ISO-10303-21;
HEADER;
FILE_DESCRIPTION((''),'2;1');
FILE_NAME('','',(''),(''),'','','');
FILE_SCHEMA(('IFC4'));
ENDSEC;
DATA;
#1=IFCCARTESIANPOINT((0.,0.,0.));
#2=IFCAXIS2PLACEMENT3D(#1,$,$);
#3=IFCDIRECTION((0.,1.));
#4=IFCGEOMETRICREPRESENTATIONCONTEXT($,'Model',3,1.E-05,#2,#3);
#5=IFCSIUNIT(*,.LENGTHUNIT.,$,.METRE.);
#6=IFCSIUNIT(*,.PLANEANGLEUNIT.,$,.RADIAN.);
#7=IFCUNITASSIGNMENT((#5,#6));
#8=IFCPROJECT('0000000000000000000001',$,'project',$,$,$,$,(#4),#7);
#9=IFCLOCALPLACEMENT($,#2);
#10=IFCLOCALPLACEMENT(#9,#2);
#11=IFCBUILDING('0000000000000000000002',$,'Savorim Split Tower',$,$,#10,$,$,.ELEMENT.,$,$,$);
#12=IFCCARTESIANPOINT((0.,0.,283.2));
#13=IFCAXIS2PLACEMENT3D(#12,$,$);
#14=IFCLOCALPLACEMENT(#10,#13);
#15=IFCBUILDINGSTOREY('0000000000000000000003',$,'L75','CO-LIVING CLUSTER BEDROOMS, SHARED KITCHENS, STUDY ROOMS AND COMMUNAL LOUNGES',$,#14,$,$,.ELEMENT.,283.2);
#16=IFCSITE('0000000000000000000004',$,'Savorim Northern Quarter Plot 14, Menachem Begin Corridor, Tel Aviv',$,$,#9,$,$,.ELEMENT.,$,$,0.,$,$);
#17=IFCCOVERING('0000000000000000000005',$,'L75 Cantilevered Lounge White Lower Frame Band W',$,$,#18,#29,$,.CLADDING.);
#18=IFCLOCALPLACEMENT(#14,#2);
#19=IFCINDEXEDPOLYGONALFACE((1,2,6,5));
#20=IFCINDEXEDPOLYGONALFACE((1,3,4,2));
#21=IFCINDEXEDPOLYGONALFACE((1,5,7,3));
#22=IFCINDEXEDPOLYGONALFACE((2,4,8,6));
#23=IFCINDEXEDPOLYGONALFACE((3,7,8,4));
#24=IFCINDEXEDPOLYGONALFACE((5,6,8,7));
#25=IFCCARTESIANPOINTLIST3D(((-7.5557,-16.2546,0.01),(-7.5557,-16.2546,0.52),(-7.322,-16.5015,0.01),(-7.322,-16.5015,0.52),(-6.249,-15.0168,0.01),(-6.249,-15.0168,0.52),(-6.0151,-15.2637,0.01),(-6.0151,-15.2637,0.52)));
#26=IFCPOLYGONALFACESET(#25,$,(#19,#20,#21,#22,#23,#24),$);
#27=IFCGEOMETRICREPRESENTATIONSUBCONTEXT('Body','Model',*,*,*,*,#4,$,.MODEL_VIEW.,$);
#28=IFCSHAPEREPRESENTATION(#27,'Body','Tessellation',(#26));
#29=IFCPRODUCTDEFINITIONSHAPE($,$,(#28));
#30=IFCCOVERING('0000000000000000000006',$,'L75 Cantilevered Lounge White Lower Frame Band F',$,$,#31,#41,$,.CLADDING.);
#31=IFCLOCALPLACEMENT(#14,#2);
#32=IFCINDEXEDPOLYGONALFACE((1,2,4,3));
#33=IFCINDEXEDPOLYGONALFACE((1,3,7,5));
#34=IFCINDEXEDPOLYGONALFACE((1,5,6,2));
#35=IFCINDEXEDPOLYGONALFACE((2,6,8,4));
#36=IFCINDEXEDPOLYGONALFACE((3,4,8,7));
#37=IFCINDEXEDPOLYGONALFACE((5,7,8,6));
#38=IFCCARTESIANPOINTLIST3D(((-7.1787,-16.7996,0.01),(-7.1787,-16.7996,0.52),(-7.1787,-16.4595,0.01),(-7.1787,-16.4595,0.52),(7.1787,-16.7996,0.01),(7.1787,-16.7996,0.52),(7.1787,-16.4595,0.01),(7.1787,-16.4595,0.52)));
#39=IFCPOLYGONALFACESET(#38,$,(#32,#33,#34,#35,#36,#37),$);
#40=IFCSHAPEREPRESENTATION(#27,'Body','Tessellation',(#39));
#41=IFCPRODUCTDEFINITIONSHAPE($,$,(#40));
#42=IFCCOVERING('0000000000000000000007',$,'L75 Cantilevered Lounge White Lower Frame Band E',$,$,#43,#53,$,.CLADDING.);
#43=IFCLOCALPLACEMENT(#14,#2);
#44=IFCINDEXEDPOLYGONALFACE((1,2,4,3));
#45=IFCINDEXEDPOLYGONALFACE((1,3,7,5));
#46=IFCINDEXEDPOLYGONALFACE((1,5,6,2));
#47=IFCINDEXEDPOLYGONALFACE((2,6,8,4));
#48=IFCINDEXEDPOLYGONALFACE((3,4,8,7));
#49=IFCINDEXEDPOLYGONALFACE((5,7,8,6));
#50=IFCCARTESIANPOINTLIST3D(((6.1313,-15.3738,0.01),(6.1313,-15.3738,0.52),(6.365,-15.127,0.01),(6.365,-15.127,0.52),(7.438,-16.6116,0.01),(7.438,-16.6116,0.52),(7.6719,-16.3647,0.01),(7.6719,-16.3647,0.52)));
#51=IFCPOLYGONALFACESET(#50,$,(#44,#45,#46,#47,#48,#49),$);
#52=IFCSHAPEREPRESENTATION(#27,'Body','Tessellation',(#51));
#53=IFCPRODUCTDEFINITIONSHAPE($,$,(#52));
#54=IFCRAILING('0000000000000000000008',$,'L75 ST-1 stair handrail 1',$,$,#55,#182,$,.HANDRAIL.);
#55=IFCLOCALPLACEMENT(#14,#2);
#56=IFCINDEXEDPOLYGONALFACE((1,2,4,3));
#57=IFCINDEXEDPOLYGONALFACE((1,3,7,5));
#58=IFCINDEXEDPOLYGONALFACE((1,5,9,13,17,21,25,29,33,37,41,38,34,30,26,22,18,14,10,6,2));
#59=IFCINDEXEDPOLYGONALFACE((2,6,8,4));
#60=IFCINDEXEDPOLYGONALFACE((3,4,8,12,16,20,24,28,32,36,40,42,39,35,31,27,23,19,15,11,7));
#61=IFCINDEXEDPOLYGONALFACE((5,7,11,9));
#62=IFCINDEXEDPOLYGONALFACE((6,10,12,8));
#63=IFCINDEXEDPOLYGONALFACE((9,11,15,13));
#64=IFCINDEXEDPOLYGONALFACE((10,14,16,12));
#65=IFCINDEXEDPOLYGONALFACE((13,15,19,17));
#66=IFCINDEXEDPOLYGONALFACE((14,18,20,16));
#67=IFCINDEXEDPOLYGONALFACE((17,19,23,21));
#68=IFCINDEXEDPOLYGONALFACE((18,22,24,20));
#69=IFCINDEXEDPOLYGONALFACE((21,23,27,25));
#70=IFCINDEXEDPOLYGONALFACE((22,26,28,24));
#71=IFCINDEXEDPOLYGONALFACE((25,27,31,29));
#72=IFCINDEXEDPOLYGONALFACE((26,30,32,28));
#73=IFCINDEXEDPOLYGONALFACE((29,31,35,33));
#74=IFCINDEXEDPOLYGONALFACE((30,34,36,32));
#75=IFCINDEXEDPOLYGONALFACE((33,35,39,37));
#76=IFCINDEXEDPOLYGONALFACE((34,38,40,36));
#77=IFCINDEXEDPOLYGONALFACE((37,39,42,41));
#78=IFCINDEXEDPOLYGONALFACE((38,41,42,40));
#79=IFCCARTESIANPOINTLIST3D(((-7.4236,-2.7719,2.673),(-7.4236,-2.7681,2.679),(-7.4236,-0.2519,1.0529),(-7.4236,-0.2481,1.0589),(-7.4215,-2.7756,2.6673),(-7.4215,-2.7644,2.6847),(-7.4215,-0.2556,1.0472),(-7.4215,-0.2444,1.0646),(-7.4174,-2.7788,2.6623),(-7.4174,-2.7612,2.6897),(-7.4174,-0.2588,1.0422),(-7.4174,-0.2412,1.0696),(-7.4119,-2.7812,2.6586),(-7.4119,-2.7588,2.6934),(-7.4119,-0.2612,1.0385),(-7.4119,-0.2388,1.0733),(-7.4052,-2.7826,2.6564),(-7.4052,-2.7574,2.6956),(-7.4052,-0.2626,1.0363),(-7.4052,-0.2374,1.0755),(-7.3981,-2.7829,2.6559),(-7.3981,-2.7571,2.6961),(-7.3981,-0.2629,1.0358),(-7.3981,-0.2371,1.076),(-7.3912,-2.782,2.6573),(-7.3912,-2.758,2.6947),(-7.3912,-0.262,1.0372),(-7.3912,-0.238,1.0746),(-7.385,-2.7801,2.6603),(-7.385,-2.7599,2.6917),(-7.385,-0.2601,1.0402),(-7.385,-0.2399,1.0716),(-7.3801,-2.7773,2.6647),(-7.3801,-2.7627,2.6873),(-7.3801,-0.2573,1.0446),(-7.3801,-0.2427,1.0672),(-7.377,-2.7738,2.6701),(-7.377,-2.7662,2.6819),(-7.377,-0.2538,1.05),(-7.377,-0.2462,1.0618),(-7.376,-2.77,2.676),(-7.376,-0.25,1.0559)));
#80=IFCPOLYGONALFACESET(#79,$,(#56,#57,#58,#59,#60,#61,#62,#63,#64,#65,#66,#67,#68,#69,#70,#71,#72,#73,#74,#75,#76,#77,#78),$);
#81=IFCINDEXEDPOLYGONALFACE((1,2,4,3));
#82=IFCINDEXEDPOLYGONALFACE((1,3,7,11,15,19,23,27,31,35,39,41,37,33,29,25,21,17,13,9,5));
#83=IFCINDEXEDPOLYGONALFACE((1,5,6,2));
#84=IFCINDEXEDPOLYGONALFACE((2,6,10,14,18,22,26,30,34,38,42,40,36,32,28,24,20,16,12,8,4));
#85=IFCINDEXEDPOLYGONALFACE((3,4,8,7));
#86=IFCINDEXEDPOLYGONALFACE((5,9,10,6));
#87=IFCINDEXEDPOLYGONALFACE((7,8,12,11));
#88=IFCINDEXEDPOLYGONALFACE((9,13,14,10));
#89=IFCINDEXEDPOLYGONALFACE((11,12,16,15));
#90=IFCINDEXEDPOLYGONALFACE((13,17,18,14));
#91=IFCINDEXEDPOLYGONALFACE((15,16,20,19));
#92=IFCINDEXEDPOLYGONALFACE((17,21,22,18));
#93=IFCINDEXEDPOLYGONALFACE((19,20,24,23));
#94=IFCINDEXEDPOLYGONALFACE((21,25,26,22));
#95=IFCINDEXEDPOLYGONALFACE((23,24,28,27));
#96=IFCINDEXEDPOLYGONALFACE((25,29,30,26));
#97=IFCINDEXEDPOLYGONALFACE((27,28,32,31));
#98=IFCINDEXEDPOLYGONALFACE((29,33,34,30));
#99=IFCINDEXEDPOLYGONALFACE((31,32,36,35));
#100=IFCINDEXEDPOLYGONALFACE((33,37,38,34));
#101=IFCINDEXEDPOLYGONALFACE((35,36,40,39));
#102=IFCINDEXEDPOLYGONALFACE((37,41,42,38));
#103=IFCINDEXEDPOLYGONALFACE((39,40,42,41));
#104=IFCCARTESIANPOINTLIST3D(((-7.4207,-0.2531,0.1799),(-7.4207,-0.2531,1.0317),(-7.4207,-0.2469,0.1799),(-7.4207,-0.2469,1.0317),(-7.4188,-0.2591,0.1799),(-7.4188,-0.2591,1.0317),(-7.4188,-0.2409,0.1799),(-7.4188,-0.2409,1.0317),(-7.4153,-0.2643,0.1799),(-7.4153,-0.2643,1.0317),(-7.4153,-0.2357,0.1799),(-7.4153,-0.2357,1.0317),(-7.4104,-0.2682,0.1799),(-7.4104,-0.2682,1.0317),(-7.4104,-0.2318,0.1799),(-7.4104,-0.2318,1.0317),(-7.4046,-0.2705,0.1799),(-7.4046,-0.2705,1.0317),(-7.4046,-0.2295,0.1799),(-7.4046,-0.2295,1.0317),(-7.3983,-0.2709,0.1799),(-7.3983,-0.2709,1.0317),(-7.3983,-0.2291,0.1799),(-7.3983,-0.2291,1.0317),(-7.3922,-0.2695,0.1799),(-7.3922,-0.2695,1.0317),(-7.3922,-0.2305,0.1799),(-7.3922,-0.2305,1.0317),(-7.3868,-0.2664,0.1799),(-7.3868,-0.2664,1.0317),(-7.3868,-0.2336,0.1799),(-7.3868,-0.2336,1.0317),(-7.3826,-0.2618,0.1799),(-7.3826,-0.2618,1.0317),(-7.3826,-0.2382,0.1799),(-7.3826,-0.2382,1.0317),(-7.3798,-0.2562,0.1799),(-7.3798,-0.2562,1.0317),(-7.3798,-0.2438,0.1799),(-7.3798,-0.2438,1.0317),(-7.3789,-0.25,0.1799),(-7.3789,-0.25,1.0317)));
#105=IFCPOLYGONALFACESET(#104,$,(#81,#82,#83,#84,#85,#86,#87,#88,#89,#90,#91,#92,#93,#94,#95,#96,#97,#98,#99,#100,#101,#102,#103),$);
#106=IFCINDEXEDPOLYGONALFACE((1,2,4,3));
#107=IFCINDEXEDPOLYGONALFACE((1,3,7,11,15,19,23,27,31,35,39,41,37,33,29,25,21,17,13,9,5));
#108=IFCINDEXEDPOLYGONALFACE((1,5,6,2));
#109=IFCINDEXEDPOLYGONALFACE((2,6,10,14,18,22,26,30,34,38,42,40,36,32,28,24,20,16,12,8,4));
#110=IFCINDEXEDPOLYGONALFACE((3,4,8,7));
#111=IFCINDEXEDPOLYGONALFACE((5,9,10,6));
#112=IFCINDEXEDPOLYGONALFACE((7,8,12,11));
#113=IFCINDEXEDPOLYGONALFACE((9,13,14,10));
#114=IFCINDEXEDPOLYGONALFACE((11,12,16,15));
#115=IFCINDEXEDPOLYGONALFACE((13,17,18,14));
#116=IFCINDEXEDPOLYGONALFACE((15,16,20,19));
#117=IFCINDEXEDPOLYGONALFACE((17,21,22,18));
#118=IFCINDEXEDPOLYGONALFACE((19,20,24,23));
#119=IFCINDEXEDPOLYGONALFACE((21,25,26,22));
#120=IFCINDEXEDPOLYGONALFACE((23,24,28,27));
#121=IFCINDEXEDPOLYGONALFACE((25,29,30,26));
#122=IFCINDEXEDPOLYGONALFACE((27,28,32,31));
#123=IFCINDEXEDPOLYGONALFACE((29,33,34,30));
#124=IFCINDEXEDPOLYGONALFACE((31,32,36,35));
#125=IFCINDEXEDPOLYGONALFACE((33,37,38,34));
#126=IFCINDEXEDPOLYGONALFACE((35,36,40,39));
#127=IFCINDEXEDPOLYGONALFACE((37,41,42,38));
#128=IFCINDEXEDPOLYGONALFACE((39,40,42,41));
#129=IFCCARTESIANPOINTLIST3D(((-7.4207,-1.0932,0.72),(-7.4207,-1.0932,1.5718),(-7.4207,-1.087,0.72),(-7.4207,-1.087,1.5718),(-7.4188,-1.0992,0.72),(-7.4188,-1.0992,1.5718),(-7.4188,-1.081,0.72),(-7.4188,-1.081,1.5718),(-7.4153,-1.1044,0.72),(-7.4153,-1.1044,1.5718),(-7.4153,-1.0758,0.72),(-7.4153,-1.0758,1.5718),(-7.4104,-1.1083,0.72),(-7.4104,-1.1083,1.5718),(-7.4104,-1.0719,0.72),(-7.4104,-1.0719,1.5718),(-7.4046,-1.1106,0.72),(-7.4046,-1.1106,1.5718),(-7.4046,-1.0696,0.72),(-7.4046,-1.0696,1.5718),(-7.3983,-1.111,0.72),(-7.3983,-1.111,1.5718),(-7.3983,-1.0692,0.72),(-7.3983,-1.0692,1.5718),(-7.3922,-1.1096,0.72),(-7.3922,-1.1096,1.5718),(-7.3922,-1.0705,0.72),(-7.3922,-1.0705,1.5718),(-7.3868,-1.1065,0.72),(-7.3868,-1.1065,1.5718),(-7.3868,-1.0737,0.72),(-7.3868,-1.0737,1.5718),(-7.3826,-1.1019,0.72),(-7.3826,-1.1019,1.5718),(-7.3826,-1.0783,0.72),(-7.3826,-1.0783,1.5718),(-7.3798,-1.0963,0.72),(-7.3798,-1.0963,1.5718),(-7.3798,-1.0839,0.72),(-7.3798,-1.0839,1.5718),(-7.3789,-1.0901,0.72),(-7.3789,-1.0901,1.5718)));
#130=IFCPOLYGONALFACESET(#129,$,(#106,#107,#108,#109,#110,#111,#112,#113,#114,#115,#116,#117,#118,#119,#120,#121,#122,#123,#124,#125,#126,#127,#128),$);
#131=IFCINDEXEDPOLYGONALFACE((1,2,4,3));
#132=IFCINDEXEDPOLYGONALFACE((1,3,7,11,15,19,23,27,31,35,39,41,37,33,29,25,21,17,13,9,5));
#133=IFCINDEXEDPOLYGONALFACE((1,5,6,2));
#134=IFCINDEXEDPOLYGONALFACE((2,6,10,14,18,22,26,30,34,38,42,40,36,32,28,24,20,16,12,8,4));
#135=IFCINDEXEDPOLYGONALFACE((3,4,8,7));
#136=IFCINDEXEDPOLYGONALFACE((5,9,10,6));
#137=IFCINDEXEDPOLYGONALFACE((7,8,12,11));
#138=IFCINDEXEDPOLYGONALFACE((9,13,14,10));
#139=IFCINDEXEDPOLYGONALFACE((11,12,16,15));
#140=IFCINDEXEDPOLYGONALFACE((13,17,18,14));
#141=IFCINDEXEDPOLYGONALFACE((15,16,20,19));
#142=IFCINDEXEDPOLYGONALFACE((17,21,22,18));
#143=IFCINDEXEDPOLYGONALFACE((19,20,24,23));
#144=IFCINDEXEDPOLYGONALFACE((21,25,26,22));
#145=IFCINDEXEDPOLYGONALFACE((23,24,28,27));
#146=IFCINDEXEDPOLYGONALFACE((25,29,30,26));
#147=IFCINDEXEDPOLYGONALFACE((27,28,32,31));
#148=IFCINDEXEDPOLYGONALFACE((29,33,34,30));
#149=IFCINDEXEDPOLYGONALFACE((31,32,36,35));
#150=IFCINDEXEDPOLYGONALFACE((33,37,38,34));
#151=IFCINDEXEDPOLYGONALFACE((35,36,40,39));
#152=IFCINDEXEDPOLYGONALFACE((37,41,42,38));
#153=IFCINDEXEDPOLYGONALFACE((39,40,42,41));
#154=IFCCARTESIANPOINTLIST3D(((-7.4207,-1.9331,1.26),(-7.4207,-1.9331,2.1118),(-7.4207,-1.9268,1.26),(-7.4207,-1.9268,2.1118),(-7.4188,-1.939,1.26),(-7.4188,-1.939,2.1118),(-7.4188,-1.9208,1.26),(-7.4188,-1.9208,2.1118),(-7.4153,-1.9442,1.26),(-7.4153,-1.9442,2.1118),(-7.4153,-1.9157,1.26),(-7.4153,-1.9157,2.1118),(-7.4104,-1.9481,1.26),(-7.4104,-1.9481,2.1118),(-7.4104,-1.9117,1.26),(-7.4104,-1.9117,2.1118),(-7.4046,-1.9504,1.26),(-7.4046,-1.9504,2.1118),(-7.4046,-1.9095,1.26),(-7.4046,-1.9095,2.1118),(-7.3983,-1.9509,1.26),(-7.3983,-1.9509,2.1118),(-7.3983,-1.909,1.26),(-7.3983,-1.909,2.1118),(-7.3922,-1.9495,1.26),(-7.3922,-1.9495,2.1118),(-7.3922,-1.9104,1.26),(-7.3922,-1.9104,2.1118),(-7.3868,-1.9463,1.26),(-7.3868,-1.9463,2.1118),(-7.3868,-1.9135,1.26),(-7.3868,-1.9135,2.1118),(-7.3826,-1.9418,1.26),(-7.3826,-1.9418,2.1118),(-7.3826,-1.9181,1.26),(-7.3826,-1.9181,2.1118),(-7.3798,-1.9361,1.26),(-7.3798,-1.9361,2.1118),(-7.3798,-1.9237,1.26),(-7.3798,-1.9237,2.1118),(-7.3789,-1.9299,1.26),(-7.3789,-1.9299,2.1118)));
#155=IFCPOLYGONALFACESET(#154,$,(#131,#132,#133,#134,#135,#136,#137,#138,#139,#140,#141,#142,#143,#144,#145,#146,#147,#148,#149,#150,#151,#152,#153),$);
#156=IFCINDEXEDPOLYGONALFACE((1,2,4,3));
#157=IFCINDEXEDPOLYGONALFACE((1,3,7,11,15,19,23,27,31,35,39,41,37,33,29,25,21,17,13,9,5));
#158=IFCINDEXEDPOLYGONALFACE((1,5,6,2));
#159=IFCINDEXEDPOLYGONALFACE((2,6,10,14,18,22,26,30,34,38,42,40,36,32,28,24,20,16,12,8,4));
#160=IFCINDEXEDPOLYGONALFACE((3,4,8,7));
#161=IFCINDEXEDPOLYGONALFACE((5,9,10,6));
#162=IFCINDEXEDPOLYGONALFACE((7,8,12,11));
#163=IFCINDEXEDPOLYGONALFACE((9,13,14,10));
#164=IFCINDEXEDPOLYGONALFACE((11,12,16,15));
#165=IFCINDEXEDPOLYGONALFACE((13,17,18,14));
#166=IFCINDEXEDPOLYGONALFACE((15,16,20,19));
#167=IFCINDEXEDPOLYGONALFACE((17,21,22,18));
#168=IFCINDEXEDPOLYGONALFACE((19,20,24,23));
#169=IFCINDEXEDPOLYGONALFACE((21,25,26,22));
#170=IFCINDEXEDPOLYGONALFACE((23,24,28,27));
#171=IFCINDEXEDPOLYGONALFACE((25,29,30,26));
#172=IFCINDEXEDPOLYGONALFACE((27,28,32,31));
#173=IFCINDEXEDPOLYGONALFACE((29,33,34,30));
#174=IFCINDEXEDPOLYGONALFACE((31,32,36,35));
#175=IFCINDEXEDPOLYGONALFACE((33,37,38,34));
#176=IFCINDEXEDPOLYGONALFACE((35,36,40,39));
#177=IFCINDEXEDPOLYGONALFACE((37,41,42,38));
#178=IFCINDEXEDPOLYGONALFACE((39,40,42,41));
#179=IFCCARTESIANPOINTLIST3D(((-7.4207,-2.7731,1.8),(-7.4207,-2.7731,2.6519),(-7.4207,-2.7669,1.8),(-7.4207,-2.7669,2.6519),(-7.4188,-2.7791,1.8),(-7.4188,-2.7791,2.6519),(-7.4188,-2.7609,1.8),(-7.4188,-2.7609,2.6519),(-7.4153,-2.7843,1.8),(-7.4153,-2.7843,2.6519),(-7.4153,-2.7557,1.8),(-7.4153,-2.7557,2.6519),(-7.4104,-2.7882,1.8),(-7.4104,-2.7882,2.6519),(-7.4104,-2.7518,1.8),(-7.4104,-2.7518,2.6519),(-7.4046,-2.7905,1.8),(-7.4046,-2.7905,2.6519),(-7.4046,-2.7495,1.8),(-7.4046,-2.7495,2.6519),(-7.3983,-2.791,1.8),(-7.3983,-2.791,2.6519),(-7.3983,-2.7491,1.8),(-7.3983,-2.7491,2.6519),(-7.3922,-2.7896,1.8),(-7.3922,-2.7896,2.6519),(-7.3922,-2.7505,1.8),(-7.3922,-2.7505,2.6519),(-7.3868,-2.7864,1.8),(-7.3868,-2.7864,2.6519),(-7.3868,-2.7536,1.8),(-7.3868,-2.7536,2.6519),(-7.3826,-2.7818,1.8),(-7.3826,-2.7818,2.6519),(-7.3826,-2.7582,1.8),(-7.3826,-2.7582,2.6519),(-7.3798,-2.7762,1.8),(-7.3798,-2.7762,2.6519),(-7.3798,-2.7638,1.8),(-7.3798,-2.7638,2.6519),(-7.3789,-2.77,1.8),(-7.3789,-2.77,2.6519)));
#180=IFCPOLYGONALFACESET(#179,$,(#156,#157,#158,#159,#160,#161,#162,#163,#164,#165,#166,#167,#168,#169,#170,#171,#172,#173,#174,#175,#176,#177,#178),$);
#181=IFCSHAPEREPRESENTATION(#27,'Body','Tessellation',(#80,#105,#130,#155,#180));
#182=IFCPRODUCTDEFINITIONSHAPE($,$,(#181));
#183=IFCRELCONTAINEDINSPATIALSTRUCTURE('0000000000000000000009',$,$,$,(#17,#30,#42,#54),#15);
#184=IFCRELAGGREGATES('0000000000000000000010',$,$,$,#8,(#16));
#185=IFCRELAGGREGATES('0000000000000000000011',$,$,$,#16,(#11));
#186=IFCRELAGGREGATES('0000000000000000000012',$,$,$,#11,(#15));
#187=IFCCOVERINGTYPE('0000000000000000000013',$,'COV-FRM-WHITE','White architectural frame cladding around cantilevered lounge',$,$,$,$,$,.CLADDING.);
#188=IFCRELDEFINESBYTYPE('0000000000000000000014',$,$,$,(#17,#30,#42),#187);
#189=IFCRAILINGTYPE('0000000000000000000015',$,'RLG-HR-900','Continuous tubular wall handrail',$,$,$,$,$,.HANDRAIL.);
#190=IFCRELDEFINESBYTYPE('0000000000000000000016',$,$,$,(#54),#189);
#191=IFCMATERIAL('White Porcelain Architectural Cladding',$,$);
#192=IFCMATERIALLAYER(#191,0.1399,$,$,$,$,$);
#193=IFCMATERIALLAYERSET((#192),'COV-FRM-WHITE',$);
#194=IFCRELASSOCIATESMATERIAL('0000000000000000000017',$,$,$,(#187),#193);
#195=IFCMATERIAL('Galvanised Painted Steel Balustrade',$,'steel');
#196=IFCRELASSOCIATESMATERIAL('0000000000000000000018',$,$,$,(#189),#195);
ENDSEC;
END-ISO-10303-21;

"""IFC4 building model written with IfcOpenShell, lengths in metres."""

from ifc_helpers import new_model, si_unit, direction, frame, origin, origin_2d, place, context, subcontext, project, spatial, polyline, circle, outline, extrude, material, layer, layer_set, type_object, element, save


model = new_model("IFC4")

# Units and contexts
model_context = context("Model", 3, precision=1e-05, world=origin(), true_north=direction((0.0, 1.0)))
body_context = subcontext(model_context, "Body", "Model", "MODEL_VIEW")
ifc_project = project(units=[si_unit("LENGTHUNIT", "METRE"), si_unit("PLANEANGLEUNIT", "RADIAN")], contexts=[model_context])

# Site, building, storey
site_placement = place(None, origin())
site = spatial("IfcSite", under=ifc_project, at=site_placement, Name="Savorim Northern Quarter Plot 14, Menachem Begin Corridor, Tel Aviv", CompositionType="ELEMENT", RefElevation=0.0)
building_placement = place(site_placement, origin())
building = spatial("IfcBuilding", under=site, at=building_placement, Name="Savorim Split Tower", CompositionType="ELEMENT")
storey_placement = place(building_placement, frame((0.0, 0.0, 283.2)))
storey = spatial("IfcBuildingStorey", under=building, at=storey_placement, Name="L75", Description="CO-LIVING CLUSTER BEDROOMS, SHARED KITCHENS, STUDY ROOMS AND COMMUNAL LOUNGES", CompositionType="ELEMENT", Elevation=283.2)

# Coverings
ifc_material_1 = material(Name="White Porcelain Architectural Cladding")
ifc_layer_1 = layer(ifc_material_1, 0.1399)
ifc_layer_set_1 = layer_set([ifc_layer_1], Name="COV-FRM-WHITE")
covering_type = type_object("IfcCoveringType", Name="COV-FRM-WHITE", Description="White architectural frame cladding around cantilevered lounge", PredefinedType="CLADDING", material=ifc_layer_set_1)
covering_1_placement = place(storey_placement, frame((0.0, 0.0, 0.01)))
element("IfcCovering", 1, at=covering_1_placement, inside=storey, type_object=covering_type, Name="L75 Cantilevered Lounge White Lower Frame Band W", PredefinedType="CLADDING", context=body_context, shape_type="SweptSolid", body=[
    extrude(outline(polyline([(-6.249, -15.0168), (-7.5557, -16.2546), (-7.322, -16.5015), (-6.0151, -15.2637), (-6.249, -15.0168)])), origin(), (0.0, 0.0, 1.0), 0.51),
])
covering_2_placement = place(storey_placement, frame((0.0, 0.0, 0.01)))
element("IfcCovering", 2, at=covering_2_placement, inside=storey, type_object=covering_type, Name="L75 Cantilevered Lounge White Lower Frame Band F", PredefinedType="CLADDING", context=body_context, shape_type="SweptSolid", body=[
    extrude(outline(polyline([(-7.1787, -16.7996), (7.1787, -16.7996), (7.1787, -16.4595), (-7.1787, -16.4595), (-7.1787, -16.7996)])), origin(), (0.0, 0.0, 1.0), 0.51),
])
covering_3_placement = place(storey_placement, frame((0.0, 0.0, 0.01)))
element("IfcCovering", 3, at=covering_3_placement, inside=storey, type_object=covering_type, Name="L75 Cantilevered Lounge White Lower Frame Band E", PredefinedType="CLADDING", context=body_context, shape_type="SweptSolid", body=[
    extrude(outline(polyline([(7.6719, -16.3647), (6.365, -15.127), (6.1313, -15.3738), (7.438, -16.6116), (7.6719, -16.3647)])), origin(), (0.0, 0.0, 1.0), 0.51),
])

# Railing
ifc_material_2 = material(Name="Galvanised Painted Steel Balustrade", Category="steel")
railing_type_1 = type_object("IfcRailingType", Name="RLG-HR-900", Description="Continuous tubular wall handrail", PredefinedType="HANDRAIL", material=ifc_material_2)
railing_1_placement = place(storey_placement, frame((-7.3999, -0.25, 0.1799)))
element("IfcRailing", 4, at=railing_1_placement, inside=storey, type_object=railing_type_1, Name="L75 ST-1 stair handrail 1", PredefinedType="HANDRAIL", context=body_context, shape_type="SweptSolid", body=[
    extrude(circle(Radius=0.0239, at=origin_2d()), frame((0.0, 0.0, 0.876), z_axis=(0.0, -0.841163, 0.540782), x_axis=(1.0, 0.0, 0.0)), (0.0, 0.0, 1.0), 2.9958),
    extrude(circle(Radius=0.021, at=origin_2d()), origin(), (0.0, 0.0, 1.0), 0.8518),
    extrude(circle(Radius=0.021, at=origin_2d()), frame((0.0, -0.8401, 0.54)), (0.0, 0.0, 1.0), 0.8518),
    extrude(circle(Radius=0.021, at=origin_2d()), frame((0.0, -1.6799, 1.0801)), (0.0, 0.0, 1.0), 0.8518),
    extrude(circle(Radius=0.021, at=origin_2d()), frame((0.0, -2.52, 1.6201)), (0.0, 0.0, 1.0), 0.8518),
])

save(model, "model.ifc")
